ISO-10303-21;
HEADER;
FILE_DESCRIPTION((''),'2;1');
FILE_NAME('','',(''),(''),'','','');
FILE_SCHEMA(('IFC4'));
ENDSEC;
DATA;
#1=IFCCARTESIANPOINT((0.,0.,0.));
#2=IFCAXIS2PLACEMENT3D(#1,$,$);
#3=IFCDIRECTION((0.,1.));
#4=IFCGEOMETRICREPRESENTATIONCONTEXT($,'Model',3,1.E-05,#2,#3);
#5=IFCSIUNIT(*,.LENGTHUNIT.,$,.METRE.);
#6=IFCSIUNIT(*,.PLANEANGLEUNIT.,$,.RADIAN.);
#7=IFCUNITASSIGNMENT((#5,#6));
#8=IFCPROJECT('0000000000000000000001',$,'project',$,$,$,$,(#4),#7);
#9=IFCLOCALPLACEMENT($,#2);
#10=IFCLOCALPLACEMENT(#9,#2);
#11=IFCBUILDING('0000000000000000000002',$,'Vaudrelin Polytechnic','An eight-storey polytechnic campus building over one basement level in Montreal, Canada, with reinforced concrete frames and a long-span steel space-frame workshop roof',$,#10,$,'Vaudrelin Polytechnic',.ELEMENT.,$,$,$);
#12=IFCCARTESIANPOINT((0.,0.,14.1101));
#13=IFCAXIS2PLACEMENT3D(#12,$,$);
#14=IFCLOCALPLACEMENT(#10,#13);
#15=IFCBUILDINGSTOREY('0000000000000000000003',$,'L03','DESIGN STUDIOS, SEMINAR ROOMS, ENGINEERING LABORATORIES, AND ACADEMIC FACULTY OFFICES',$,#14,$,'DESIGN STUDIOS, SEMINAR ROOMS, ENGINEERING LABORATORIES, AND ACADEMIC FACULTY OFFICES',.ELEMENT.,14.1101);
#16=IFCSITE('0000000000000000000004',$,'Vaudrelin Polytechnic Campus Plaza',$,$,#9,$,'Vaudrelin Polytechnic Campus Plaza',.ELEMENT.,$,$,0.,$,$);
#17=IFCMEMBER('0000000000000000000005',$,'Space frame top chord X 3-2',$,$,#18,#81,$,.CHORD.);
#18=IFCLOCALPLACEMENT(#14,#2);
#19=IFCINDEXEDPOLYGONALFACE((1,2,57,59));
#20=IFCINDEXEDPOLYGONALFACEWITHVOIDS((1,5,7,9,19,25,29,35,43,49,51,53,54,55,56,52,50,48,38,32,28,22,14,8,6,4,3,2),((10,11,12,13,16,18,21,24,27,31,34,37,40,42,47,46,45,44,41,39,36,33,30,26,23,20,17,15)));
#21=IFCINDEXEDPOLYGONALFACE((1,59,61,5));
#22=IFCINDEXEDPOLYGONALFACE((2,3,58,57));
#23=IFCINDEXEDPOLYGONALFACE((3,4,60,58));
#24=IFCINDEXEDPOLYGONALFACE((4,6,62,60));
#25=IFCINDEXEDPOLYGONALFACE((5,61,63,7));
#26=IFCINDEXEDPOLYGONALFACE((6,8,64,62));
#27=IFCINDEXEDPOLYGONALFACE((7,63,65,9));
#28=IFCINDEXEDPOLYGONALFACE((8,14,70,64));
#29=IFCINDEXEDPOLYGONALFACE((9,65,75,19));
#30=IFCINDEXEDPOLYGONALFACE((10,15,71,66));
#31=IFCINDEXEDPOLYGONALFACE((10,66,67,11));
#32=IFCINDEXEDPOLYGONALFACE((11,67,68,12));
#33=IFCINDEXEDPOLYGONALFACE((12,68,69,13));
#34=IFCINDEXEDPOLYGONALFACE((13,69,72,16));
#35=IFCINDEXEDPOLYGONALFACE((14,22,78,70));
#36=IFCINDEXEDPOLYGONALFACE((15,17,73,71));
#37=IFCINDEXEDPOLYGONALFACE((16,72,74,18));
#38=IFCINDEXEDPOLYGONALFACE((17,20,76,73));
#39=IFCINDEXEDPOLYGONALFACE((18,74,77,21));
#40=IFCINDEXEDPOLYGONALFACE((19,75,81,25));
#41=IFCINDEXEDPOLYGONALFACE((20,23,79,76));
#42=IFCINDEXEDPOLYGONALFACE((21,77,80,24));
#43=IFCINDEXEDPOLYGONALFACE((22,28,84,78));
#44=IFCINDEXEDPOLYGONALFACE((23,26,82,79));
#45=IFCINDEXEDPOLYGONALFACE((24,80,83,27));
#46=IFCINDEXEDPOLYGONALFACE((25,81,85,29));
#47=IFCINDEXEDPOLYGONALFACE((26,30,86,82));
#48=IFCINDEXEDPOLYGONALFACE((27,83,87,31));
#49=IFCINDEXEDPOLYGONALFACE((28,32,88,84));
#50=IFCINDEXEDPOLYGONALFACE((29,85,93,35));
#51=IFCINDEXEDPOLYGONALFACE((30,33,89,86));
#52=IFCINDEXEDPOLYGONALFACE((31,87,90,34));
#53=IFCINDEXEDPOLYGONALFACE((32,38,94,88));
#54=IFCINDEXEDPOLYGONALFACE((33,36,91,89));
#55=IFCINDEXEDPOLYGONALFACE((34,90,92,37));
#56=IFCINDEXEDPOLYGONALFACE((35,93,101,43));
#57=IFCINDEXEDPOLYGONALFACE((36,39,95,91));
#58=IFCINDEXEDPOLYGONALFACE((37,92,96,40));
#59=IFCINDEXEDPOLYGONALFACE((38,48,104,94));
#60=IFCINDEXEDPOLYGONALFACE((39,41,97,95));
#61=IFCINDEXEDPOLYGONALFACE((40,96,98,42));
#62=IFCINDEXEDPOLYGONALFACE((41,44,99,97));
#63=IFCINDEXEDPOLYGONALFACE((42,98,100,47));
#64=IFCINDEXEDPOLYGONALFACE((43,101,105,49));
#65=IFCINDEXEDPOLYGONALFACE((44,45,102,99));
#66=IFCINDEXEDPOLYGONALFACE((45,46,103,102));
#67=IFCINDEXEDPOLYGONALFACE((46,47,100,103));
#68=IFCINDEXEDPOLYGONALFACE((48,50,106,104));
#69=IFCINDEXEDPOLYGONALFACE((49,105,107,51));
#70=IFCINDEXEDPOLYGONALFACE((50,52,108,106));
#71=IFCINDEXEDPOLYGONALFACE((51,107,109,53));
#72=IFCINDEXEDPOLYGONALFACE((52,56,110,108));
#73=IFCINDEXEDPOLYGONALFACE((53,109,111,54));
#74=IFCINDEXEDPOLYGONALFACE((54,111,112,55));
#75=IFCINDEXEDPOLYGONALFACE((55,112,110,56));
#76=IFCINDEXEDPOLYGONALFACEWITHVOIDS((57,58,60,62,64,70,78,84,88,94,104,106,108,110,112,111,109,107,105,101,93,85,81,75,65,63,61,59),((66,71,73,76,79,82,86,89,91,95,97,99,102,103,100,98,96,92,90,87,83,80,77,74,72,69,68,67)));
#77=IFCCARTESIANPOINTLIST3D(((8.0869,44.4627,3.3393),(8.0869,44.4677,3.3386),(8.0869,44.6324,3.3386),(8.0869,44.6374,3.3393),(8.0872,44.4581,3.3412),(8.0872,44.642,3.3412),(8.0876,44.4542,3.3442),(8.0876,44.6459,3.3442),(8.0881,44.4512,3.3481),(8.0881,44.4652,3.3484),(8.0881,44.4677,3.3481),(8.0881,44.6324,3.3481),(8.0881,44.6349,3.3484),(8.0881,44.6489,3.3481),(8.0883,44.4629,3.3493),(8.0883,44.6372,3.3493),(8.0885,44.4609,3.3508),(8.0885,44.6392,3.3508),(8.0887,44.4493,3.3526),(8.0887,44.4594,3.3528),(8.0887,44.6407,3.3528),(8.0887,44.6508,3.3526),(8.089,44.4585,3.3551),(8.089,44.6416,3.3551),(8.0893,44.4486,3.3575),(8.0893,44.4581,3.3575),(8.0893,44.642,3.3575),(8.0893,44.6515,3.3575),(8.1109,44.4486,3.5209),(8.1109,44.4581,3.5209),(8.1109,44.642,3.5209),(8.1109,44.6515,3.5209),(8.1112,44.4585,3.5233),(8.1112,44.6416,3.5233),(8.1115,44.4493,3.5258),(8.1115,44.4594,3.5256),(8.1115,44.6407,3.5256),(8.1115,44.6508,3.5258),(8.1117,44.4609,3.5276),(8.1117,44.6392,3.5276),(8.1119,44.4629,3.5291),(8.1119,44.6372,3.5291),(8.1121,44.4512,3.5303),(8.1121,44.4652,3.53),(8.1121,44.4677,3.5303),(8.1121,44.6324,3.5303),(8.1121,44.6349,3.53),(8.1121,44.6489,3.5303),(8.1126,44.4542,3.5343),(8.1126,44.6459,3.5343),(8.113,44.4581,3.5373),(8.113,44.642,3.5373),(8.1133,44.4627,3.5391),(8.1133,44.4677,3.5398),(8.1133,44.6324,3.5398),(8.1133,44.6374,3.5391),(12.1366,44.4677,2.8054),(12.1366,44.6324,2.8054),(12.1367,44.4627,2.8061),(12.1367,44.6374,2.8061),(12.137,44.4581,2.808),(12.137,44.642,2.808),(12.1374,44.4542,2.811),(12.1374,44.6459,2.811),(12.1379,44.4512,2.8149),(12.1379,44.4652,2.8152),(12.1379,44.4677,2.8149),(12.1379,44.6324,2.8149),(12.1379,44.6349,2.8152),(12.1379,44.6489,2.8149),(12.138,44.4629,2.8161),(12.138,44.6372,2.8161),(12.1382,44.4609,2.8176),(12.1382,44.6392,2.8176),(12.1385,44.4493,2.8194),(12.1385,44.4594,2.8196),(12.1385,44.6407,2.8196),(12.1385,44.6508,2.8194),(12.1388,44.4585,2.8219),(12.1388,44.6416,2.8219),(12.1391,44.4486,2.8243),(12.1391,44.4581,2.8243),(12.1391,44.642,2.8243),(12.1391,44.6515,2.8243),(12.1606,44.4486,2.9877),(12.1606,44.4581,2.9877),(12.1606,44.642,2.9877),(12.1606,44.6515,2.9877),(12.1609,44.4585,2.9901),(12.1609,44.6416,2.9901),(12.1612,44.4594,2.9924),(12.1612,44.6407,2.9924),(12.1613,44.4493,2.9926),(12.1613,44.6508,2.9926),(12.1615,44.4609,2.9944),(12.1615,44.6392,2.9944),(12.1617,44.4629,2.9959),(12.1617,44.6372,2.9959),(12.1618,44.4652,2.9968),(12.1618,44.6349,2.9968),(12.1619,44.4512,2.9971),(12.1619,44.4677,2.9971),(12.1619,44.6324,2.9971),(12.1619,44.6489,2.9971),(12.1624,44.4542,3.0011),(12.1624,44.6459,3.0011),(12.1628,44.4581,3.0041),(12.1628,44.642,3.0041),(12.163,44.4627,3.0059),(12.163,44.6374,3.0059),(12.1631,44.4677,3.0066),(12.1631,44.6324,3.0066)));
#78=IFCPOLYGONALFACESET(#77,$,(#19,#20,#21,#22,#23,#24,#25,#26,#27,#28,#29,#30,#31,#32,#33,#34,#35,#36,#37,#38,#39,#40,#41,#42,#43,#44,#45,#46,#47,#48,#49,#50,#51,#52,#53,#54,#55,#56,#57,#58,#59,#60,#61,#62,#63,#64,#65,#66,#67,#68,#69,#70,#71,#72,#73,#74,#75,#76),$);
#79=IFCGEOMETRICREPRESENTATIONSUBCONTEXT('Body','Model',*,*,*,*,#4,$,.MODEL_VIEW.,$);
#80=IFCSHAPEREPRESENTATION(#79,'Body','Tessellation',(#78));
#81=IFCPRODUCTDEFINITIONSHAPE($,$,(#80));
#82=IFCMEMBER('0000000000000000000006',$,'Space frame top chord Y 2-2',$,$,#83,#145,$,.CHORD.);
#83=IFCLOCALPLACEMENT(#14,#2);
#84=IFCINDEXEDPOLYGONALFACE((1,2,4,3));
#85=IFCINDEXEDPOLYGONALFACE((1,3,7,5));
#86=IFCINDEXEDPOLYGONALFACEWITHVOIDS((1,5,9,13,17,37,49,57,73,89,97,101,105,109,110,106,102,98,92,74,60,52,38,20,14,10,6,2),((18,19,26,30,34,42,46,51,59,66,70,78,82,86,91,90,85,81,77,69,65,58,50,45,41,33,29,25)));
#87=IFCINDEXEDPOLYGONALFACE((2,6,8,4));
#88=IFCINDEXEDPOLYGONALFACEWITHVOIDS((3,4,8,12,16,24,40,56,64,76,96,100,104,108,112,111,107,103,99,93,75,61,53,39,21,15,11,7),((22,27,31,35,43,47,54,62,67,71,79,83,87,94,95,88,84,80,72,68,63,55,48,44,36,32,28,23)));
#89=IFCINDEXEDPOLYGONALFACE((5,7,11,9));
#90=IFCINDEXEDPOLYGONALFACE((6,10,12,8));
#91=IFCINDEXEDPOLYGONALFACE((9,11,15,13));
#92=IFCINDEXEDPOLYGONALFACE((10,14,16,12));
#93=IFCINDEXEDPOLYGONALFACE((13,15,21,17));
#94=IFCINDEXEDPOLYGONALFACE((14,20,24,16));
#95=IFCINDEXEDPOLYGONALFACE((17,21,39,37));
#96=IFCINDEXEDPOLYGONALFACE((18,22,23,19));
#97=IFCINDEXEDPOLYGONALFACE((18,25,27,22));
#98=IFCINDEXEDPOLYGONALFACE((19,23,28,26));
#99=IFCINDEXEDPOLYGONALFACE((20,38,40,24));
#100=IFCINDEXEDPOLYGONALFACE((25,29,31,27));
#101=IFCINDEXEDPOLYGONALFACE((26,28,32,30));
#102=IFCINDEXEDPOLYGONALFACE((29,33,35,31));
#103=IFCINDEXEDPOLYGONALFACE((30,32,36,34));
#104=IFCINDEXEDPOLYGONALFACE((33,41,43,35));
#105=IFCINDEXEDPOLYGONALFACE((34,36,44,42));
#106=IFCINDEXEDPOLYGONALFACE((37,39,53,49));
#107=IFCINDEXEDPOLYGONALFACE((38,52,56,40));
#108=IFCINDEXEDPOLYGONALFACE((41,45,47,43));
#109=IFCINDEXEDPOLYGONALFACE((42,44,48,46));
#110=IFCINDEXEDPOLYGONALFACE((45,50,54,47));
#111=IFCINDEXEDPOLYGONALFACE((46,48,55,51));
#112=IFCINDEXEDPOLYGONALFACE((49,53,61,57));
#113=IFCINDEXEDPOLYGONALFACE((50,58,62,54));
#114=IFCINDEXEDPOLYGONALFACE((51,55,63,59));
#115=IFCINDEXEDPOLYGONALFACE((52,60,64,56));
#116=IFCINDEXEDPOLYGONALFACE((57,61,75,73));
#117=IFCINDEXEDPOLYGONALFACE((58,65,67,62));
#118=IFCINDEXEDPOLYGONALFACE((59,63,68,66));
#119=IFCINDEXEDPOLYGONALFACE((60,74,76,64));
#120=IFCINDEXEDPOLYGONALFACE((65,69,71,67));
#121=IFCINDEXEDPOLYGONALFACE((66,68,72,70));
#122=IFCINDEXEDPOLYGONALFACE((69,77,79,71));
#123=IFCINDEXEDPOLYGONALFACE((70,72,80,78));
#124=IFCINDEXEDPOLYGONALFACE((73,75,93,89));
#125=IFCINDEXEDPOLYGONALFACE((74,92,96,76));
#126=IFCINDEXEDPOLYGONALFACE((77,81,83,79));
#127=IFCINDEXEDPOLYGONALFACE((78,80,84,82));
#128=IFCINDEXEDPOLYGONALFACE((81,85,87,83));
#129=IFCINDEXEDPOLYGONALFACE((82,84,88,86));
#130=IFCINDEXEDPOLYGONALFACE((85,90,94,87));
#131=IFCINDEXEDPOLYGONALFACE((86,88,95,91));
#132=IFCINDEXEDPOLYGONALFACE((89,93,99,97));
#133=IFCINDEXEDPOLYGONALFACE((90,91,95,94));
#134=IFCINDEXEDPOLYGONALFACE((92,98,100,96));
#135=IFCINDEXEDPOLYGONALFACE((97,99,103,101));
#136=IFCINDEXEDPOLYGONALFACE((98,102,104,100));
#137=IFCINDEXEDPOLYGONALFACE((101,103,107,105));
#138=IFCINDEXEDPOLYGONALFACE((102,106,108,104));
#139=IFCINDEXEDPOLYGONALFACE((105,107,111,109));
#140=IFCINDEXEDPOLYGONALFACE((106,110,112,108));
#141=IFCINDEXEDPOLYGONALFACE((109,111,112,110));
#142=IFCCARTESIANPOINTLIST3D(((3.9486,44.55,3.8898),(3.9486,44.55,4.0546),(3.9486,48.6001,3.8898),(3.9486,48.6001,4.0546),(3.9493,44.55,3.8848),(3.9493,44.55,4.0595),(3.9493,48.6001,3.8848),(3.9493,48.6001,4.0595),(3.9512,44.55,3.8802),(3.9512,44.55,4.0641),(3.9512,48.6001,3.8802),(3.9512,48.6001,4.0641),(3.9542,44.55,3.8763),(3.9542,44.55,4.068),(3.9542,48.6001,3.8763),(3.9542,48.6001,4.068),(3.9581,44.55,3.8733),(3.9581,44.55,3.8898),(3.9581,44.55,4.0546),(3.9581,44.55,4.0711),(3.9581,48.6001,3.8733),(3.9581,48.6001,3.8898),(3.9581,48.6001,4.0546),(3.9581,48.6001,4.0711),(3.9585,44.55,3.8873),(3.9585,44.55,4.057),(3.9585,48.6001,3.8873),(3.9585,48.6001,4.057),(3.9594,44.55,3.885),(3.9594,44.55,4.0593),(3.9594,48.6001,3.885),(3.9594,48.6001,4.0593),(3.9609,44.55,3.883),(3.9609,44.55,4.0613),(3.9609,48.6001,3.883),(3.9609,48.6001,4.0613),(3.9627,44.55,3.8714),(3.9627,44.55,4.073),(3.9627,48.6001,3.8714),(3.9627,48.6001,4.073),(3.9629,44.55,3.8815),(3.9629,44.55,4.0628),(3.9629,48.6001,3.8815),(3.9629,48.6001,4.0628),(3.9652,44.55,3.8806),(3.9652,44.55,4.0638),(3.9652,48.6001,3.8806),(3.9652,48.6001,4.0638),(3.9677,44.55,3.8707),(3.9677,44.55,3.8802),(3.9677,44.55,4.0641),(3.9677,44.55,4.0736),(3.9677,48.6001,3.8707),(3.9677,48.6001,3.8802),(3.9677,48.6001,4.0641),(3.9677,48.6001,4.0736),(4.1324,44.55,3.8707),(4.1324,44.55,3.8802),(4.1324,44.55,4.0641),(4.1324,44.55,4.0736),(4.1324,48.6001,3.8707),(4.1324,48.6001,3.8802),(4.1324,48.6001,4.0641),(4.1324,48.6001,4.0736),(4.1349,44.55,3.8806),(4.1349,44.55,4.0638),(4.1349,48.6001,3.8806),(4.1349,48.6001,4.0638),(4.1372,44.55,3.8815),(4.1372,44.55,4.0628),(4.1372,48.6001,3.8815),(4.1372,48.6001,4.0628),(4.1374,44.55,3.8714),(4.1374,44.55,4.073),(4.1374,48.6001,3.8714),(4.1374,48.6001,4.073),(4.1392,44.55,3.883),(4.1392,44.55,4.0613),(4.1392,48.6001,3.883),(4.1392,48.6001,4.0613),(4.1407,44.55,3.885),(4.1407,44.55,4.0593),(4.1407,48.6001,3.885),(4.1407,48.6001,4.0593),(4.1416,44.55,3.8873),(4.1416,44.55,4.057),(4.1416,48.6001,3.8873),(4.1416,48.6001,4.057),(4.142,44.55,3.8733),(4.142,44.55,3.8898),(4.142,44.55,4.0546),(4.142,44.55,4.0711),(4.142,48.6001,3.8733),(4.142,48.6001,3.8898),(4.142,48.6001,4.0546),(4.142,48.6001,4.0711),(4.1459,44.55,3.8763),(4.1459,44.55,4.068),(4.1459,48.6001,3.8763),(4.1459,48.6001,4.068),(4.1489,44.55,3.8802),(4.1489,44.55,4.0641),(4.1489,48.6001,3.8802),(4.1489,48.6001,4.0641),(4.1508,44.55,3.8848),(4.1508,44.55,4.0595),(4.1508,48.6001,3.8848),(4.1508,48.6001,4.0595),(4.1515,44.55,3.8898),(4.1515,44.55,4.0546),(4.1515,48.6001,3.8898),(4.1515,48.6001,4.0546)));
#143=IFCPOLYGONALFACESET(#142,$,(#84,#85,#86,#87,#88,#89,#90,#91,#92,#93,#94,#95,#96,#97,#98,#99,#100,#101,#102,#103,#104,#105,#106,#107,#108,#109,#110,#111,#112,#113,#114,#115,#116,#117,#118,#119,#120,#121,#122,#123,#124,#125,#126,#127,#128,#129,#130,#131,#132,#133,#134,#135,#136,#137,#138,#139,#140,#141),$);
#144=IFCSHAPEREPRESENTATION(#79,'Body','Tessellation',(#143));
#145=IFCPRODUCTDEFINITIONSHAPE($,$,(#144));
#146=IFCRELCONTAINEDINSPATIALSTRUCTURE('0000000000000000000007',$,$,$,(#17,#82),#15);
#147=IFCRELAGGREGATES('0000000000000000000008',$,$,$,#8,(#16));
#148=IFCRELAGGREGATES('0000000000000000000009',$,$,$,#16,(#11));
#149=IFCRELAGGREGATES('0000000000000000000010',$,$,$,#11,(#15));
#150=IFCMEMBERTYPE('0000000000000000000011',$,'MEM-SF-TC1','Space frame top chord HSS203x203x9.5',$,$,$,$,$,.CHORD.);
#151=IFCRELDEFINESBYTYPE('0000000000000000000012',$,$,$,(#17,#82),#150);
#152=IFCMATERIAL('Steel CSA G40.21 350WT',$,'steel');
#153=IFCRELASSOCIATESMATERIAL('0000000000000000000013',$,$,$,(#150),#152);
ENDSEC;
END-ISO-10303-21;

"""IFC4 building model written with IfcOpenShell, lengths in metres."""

from ifc_helpers import new_model, si_unit, direction, frame, origin, origin_2d, place, context, subcontext, project, spatial, hollow_rectangle, extrude, material, material_profile, profile_set, type_object, element, save


model = new_model("IFC4")

# Units and contexts
model_context = context("Model", 3, precision=1e-05, world=origin(), true_north=direction((0.0, 1.0)))
body_context = subcontext(model_context, "Body", "Model", "MODEL_VIEW")
ifc_project = project(units=[si_unit("LENGTHUNIT", "METRE"), si_unit("PLANEANGLEUNIT", "RADIAN")], contexts=[model_context])

# Site, building, storey
site_placement = place(None, origin())
site = spatial("IfcSite", under=ifc_project, at=site_placement, Name="Vaudrelin Polytechnic Campus Plaza", LongName="Vaudrelin Polytechnic Campus Plaza", CompositionType="ELEMENT", RefElevation=0.0)
building_placement = place(site_placement, origin())
building = spatial("IfcBuilding", under=site, at=building_placement, Name="Vaudrelin Polytechnic", Description="An eight-storey polytechnic campus building over one basement level in Montreal, Canada, with reinforced concrete frames and a long-span steel space-frame workshop roof", LongName="Vaudrelin Polytechnic", CompositionType="ELEMENT")
storey_placement = place(building_placement, frame((0.0, 0.0, 14.1101)))
storey = spatial("IfcBuildingStorey", under=building, at=storey_placement, Name="L03", Description="DESIGN STUDIOS, SEMINAR ROOMS, ENGINEERING LABORATORIES, AND ACADEMIC FACULTY OFFICES", LongName="DESIGN STUDIOS, SEMINAR ROOMS, ENGINEERING LABORATORIES, AND ACADEMIC FACULTY OFFICES", CompositionType="ELEMENT", Elevation=14.1101)

# Members
ifc_material = material(Name="Steel CSA G40.21 350WT", Category="steel")
ifc_material_profile_1 = material_profile(ifc_material, hollow_rectangle(XDim=0.2029, YDim=0.2029, WallThickness=0.0095, InnerFilletRadius=0.0095, OuterFilletRadius=0.019, at=origin_2d()), Name="HSS203x203x9.5")
ifc_profile_set_1 = profile_set([ifc_material_profile_1], Name="Steel CSA G40.21 350WT")
member_type_1 = type_object("IfcMemberType", Name="MEM-SF-TC1", Description="Space frame top chord HSS203x203x9.5", PredefinedType="CHORD", material=ifc_profile_set_1)
member_1_placement = place(storey_placement, frame((8.1001, 44.55, 3.4392), z_axis=(0.991444, 0.0, -0.130535), x_axis=(0.0, 1.0, 0.0)))
element("IfcMember", 1, at=member_1_placement, inside=storey, type_object=member_type_1, Name="Space frame top chord X 3-2", PredefinedType="CHORD", context=body_context, shape_type="SweptSolid", body=[
    extrude(hollow_rectangle(XDim=0.2029, YDim=0.2029, WallThickness=0.0095, InnerFilletRadius=0.0095, OuterFilletRadius=0.019, at=origin_2d()), origin(), (0.0, 0.0, 1.0), 4.0847),
])
for number, where, z_axis, x_axis, name in (
    (2, (4.05, 44.55, 3.9722), (0.0, 1.0, 0.0), (-1.0, 0.0, 0.0), "Space frame top chord Y 2-2"),
):
    element("IfcMember", number, at=place(storey_placement, frame(where, z_axis=z_axis, x_axis=x_axis)), inside=storey, type_object=member_type_1, Name=name, PredefinedType="CHORD", context=body_context, shape_type="SweptSolid", body=[
        extrude(hollow_rectangle(XDim=0.2029, YDim=0.2029, WallThickness=0.0095, InnerFilletRadius=0.0095, OuterFilletRadius=0.019, at=origin_2d()), origin(), (0.0, 0.0, 1.0), 4.05),
    ])

save(model, "model.ifc")
